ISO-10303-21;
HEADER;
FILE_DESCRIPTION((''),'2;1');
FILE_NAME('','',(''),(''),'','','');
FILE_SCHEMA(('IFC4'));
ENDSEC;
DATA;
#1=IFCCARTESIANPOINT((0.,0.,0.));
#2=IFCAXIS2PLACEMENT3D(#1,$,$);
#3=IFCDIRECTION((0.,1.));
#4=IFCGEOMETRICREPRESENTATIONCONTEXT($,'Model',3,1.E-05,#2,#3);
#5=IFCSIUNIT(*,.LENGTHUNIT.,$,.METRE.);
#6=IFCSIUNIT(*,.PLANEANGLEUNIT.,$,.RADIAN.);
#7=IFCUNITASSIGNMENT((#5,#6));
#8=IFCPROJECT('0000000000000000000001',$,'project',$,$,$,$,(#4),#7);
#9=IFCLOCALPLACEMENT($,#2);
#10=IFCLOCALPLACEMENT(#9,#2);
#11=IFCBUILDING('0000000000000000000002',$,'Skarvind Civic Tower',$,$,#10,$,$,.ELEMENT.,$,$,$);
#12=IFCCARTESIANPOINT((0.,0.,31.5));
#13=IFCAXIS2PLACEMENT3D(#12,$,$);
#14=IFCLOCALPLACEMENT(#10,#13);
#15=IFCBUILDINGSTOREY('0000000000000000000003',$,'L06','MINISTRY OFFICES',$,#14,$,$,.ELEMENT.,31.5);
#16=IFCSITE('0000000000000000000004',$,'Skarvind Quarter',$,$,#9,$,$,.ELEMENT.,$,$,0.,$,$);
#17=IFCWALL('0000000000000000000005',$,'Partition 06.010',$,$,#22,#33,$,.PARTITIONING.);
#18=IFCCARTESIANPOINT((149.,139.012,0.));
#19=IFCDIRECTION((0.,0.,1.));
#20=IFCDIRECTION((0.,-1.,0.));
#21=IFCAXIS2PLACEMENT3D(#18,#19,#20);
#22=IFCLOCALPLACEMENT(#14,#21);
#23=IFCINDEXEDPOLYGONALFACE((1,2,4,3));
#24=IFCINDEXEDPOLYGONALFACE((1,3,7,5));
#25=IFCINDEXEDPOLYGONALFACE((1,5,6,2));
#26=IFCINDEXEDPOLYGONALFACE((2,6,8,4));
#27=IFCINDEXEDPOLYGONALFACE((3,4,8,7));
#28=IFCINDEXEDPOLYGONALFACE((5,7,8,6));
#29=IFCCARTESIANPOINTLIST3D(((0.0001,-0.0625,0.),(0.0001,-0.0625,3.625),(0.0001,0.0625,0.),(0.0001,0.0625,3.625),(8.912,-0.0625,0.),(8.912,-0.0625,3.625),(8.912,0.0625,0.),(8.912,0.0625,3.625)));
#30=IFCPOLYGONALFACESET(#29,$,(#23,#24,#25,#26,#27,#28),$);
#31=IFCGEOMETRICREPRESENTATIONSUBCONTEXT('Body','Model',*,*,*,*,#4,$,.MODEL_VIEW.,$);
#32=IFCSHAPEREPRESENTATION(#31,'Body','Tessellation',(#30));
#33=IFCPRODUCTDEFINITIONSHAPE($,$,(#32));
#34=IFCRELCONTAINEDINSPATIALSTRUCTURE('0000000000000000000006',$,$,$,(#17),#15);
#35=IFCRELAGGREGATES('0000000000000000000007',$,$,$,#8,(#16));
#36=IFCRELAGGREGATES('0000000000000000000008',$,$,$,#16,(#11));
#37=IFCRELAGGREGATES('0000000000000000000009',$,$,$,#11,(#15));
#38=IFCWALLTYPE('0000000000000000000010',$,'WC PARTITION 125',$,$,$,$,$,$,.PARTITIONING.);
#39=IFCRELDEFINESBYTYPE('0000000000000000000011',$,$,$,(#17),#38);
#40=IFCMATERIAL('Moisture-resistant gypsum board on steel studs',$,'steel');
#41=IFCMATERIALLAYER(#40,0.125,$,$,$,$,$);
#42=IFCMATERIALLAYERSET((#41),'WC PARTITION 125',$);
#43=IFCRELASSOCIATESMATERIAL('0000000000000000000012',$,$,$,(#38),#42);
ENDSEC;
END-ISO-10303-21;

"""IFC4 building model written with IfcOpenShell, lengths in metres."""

from ifc_helpers import new_model, si_unit, direction, frame, frame_2d, origin, place, context, subcontext, project, spatial, rectangle, extrude, material, layer, layer_set, type_object, element, save


model = new_model("IFC4")

# Units and contexts
model_context = context("Model", 3, precision=1e-05, world=origin(), true_north=direction((0.0, 1.0)))
body_context = subcontext(model_context, "Body", "Model", "MODEL_VIEW")
ifc_project = project(units=[si_unit("LENGTHUNIT", "METRE"), si_unit("PLANEANGLEUNIT", "RADIAN")], contexts=[model_context])

# Site, building, storey
site_placement = place(None, origin())
site = spatial("IfcSite", under=ifc_project, at=site_placement, Name="Skarvind Quarter", CompositionType="ELEMENT", RefElevation=0.0)
building_placement = place(site_placement, origin())
building = spatial("IfcBuilding", under=site, at=building_placement, Name="Skarvind Civic Tower", CompositionType="ELEMENT")
storey_placement = place(building_placement, frame((0.0, 0.0, 31.5)))
storey = spatial("IfcBuildingStorey", under=building, at=storey_placement, Name="L06", Description="MINISTRY OFFICES", CompositionType="ELEMENT", Elevation=31.5)

# Wall
ifc_material_1 = material(Name="Moisture-resistant gypsum board on steel studs", Category="steel")
ifc_layer_1 = layer(ifc_material_1, 0.125)
ifc_layer_set_1 = layer_set([ifc_layer_1], Name="WC PARTITION 125")
wall_type_1 = type_object("IfcWallType", Name="WC PARTITION 125", PredefinedType="PARTITIONING", material=ifc_layer_set_1)
wall_1_placement = place(storey_placement, frame((149.0, 139.012, 0.0), z_axis=(0.0, 0.0, 1.0), x_axis=(0.0, -1.0, 0.0)))
element("IfcWall", 1, at=wall_1_placement, inside=storey, type_object=wall_type_1, Name="Partition 06.010", PredefinedType="PARTITIONING", context=body_context, shape_type="SweptSolid", body=[
    extrude(rectangle(XDim=8.9119, YDim=0.125, at=frame_2d((4.4561, 0.0))), origin(), (0.0, 0.0, 1.0), 3.625),
])

save(model, "model.ifc")
